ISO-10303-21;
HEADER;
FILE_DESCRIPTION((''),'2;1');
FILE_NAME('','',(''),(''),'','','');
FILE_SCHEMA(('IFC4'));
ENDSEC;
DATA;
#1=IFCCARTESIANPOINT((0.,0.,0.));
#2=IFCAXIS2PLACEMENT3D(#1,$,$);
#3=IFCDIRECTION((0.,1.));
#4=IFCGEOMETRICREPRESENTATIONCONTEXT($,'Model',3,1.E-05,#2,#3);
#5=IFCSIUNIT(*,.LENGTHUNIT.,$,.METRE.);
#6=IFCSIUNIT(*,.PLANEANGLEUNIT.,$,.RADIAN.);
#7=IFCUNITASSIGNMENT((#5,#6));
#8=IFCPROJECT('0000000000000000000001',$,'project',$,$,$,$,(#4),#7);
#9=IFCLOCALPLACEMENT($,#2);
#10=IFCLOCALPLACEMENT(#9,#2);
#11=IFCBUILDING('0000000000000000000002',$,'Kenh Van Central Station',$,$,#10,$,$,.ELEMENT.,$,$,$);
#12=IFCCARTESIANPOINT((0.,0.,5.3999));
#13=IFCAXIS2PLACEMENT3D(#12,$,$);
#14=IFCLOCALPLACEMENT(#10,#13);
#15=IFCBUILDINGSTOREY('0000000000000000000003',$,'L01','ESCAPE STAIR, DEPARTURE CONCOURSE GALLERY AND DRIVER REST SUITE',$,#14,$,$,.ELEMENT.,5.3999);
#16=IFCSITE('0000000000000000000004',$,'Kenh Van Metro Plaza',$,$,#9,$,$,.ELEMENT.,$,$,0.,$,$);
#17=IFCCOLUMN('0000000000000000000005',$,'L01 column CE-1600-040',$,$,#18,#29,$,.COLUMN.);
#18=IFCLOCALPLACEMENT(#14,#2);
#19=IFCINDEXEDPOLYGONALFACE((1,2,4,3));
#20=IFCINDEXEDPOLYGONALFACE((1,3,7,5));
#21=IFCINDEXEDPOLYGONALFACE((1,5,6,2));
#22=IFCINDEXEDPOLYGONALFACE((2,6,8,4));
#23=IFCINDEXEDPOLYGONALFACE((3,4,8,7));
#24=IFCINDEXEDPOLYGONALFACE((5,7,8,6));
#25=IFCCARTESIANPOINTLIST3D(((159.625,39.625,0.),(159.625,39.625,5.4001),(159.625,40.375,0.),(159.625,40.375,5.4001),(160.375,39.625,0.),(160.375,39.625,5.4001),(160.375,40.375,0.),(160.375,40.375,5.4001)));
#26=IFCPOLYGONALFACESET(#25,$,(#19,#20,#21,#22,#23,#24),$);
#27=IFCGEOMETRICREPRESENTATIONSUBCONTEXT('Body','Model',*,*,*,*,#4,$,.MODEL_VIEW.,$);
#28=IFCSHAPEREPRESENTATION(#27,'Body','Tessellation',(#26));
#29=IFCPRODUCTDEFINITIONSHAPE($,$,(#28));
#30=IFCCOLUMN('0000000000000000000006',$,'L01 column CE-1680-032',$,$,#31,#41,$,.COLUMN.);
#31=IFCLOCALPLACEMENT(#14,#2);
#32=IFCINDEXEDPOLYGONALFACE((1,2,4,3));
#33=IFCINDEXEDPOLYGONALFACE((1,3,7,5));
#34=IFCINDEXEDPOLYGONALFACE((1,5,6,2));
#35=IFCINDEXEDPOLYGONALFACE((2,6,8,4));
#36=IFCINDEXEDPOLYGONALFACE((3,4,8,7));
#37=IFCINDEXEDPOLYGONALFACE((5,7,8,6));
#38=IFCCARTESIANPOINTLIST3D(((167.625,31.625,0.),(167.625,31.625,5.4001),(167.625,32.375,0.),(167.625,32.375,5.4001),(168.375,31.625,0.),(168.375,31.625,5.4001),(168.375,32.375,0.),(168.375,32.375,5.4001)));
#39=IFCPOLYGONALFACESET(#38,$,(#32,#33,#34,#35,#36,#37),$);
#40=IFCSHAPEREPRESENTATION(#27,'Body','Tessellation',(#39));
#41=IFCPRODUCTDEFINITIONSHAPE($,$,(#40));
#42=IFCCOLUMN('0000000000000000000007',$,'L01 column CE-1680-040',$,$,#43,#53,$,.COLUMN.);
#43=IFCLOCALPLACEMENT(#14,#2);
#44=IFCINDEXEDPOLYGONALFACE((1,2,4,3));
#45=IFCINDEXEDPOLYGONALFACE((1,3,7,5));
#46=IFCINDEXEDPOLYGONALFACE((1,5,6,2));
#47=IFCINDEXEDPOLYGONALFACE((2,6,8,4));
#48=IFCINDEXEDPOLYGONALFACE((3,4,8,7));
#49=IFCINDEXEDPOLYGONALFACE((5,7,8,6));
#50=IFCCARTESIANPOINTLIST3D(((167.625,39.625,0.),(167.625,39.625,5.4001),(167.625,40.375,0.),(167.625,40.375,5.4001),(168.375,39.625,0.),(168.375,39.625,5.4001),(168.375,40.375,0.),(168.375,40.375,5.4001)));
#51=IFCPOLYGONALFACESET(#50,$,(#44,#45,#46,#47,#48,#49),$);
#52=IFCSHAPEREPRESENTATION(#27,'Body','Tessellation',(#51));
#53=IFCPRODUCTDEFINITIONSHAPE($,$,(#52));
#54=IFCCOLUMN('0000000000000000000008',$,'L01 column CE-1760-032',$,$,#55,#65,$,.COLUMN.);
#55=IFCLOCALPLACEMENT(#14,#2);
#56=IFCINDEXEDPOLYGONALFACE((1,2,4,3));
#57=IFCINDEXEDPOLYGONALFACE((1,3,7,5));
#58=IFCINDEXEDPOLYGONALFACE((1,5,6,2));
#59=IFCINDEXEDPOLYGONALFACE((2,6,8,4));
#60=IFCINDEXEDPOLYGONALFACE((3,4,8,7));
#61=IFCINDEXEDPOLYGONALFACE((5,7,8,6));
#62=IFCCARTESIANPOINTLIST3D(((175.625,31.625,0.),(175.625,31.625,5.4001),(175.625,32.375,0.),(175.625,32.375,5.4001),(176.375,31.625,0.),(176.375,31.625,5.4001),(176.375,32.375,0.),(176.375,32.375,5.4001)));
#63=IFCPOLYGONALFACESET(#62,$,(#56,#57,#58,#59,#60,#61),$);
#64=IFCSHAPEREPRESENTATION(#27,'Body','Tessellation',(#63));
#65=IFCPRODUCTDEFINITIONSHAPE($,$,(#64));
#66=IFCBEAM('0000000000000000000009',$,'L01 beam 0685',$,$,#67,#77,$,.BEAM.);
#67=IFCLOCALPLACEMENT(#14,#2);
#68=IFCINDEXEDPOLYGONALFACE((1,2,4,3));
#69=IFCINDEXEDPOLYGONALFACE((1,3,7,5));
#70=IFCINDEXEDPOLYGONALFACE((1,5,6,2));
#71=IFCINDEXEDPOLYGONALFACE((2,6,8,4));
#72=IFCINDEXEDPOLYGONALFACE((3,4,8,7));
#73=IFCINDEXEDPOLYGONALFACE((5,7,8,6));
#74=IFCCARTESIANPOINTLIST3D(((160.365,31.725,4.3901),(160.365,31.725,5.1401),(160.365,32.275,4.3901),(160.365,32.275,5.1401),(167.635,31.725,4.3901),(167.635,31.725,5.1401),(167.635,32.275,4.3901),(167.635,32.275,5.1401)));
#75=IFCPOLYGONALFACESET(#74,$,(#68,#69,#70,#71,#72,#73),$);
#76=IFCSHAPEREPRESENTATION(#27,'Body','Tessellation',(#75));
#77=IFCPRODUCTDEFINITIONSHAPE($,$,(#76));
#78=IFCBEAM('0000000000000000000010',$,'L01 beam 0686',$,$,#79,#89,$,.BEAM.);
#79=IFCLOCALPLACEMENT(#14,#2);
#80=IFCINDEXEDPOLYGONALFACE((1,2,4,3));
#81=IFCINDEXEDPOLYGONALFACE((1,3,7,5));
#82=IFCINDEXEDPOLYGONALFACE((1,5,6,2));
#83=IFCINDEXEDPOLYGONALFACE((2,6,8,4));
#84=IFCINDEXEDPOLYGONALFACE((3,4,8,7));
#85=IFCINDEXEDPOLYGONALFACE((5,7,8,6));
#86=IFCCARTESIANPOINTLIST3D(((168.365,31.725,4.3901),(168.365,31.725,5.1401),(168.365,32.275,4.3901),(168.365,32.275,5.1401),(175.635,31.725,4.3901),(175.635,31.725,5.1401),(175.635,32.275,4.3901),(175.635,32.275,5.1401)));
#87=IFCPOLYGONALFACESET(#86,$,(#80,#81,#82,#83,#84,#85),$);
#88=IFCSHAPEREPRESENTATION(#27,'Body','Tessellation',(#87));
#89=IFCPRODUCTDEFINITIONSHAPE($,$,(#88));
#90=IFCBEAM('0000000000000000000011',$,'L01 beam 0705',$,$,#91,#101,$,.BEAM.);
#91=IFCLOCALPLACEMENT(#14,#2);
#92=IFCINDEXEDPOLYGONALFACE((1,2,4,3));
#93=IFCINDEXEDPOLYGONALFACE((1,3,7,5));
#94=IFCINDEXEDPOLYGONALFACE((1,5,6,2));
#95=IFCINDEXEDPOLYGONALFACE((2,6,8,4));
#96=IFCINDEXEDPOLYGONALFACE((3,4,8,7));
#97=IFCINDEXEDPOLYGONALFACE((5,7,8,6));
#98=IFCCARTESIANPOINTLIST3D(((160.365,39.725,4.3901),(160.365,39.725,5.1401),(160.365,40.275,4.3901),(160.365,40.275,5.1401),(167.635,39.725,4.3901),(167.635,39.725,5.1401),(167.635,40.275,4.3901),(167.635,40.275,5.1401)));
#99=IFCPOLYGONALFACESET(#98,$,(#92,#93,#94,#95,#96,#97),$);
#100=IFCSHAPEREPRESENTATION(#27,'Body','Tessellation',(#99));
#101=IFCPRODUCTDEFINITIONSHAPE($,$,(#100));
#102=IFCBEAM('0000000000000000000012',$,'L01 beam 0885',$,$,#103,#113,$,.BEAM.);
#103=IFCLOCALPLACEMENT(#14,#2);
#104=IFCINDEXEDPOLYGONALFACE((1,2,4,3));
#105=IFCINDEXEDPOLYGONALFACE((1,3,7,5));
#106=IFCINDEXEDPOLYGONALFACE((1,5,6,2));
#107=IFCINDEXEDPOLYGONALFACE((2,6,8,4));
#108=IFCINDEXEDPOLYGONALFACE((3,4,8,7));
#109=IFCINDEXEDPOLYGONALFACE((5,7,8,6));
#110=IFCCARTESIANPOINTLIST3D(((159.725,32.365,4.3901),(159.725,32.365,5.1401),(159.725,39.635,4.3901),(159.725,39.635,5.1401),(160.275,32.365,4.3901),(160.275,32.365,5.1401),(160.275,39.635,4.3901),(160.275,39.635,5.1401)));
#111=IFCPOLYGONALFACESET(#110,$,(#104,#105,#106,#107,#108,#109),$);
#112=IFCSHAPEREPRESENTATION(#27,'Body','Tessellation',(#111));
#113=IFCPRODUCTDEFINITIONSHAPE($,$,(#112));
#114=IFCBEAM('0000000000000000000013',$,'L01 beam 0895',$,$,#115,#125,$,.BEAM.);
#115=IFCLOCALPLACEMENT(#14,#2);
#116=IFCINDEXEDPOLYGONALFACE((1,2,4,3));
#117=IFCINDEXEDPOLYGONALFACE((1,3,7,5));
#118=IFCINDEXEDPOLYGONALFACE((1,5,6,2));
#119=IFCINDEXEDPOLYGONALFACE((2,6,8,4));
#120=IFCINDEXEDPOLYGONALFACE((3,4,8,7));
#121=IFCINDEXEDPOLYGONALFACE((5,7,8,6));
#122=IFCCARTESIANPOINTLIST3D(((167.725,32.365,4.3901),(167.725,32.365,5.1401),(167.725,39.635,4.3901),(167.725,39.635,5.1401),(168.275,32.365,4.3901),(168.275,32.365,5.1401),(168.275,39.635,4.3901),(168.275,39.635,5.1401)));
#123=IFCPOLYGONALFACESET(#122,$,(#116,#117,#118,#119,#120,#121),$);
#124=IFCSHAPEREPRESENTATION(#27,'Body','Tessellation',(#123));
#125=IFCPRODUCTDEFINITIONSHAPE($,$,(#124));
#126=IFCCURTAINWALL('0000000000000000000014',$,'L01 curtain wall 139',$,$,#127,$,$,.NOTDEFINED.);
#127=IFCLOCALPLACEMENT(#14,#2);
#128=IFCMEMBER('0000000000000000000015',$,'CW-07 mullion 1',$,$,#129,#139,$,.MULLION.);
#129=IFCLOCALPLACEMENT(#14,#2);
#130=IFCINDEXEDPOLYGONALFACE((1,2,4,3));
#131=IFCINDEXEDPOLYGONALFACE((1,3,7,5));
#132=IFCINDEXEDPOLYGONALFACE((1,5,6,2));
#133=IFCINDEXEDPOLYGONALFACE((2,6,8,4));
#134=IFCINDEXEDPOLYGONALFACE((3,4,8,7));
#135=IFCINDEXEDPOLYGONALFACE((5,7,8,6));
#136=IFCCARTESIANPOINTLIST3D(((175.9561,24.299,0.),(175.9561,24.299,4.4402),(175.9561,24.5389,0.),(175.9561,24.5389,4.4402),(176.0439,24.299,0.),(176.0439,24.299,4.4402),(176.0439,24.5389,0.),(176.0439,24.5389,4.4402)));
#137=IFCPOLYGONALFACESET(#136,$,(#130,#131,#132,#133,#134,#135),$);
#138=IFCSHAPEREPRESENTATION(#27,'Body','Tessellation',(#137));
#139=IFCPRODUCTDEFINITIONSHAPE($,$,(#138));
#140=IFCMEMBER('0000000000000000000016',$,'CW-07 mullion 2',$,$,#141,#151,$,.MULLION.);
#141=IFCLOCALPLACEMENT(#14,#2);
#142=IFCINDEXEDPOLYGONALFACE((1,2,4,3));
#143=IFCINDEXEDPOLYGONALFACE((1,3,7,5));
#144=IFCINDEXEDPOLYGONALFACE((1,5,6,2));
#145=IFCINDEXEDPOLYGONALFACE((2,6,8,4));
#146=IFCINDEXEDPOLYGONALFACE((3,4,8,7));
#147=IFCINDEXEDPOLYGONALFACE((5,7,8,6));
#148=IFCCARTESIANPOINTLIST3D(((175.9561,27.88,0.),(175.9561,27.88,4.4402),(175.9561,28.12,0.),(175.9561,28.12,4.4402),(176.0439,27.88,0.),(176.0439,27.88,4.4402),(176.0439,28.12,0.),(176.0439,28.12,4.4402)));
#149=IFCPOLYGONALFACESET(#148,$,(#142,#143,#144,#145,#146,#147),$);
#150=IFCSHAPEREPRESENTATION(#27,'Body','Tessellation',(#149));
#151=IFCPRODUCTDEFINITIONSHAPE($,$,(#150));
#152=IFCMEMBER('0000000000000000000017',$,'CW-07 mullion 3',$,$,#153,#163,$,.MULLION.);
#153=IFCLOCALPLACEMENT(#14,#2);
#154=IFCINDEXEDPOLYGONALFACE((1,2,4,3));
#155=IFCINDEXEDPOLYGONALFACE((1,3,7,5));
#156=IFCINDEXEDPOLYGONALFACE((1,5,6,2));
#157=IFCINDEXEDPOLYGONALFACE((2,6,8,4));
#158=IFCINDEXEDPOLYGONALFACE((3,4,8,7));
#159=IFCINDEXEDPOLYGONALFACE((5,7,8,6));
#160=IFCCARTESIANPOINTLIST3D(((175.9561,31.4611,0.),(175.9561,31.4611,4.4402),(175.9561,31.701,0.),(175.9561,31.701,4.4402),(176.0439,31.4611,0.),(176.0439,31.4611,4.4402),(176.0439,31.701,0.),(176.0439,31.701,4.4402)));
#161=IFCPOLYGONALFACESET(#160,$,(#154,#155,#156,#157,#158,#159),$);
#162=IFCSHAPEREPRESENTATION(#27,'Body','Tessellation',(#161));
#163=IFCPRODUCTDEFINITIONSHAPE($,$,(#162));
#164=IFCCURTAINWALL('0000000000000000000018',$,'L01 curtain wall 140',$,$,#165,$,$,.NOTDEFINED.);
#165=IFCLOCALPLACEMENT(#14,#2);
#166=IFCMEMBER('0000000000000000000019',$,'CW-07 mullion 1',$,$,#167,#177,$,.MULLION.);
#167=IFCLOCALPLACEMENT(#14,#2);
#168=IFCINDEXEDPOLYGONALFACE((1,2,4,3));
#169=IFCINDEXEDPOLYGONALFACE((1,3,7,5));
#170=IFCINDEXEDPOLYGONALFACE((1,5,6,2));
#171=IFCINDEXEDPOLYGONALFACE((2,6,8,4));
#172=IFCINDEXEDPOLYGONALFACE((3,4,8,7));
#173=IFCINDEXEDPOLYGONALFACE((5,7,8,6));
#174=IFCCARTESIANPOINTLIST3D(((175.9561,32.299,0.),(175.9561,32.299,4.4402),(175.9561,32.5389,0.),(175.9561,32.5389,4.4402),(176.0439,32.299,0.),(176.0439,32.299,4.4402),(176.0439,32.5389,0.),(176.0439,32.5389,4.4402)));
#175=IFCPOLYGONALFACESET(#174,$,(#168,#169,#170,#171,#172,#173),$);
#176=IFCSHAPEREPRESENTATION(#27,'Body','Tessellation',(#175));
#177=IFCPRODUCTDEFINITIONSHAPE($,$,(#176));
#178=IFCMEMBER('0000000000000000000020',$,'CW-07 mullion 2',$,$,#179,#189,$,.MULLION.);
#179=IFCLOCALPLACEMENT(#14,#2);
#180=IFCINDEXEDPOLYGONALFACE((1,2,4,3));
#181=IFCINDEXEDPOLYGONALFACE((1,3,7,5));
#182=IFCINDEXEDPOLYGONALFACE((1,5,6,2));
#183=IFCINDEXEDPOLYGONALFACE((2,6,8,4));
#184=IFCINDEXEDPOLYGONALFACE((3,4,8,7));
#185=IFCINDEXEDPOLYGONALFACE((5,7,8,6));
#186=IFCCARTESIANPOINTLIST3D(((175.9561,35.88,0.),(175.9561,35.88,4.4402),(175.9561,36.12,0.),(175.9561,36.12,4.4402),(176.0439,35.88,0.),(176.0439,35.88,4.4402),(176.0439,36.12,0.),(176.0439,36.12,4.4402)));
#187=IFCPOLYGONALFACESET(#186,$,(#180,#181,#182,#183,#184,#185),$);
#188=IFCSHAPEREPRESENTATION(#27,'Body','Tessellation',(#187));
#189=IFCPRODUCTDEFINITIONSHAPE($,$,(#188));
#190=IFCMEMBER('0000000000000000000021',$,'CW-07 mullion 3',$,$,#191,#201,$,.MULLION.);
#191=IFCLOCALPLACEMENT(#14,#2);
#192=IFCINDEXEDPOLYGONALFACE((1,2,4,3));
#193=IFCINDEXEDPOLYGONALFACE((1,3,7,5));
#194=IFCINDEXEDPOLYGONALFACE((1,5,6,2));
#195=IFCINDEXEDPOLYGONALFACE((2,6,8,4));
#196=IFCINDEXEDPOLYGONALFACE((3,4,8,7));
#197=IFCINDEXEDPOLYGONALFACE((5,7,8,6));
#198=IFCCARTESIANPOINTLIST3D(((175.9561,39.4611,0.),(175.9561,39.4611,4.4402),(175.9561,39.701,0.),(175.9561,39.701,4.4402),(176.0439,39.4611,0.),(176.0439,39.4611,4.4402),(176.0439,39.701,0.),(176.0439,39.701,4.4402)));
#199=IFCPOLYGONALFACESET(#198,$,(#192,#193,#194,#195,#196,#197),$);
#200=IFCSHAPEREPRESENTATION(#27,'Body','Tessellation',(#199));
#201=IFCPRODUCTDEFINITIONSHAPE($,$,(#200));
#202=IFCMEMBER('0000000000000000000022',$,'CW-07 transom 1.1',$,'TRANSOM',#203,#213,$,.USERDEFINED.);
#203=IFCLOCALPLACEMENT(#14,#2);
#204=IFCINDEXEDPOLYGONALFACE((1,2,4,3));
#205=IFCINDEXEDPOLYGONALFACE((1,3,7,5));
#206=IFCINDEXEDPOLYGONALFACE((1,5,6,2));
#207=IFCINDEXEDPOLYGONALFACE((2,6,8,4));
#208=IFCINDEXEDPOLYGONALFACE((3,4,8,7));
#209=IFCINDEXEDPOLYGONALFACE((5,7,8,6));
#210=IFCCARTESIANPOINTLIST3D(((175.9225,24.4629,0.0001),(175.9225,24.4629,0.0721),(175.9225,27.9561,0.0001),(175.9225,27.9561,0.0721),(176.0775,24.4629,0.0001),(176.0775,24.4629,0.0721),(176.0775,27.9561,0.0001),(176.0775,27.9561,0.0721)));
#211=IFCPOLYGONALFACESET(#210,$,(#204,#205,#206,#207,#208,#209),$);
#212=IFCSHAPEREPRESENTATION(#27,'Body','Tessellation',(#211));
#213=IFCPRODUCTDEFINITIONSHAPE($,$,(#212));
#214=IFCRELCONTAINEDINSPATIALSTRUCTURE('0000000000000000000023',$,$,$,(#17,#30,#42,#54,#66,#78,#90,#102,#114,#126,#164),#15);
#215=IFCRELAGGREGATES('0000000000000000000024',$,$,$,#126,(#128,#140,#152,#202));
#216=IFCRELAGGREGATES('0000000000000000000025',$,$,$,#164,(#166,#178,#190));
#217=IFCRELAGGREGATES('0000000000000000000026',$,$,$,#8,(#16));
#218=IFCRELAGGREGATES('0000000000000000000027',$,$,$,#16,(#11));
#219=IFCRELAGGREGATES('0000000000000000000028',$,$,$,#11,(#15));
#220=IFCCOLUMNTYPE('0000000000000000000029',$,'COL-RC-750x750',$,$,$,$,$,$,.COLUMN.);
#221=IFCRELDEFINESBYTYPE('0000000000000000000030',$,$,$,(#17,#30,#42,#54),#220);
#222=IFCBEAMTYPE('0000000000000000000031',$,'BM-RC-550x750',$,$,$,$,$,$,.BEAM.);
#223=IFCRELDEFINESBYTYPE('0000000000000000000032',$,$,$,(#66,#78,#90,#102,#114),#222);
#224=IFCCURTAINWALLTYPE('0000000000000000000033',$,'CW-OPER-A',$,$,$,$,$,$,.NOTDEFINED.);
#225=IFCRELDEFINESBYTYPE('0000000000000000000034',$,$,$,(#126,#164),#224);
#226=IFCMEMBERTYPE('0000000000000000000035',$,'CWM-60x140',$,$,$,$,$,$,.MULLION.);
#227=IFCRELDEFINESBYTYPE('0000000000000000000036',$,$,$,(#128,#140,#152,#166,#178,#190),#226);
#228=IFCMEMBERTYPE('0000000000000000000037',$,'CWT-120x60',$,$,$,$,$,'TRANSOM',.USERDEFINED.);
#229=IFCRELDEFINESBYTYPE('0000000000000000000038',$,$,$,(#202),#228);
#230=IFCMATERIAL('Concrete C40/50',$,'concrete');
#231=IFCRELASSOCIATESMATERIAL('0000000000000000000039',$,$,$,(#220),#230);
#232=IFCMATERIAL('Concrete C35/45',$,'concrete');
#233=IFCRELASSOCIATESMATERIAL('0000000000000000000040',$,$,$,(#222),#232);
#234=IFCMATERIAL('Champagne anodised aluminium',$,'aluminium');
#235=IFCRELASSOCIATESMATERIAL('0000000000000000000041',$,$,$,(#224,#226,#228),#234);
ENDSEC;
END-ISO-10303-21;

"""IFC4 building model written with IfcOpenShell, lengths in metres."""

from ifc_helpers import new_model, si_unit, direction, frame, origin, origin_2d, place, context, subcontext, project, spatial, rectangle, extrude, material, material_profile, profile_set, type_object, element, aggregate, save


model = new_model("IFC4")

# Units and contexts
model_context = context("Model", 3, precision=1e-05, world=origin(), true_north=direction((0.0, 1.0)))
body_context = subcontext(model_context, "Body", "Model", "MODEL_VIEW")
ifc_project = project(units=[si_unit("LENGTHUNIT", "METRE"), si_unit("PLANEANGLEUNIT", "RADIAN")], contexts=[model_context])

# Site, building, storey
site_placement = place(None, origin())
site = spatial("IfcSite", under=ifc_project, at=site_placement, Name="Kenh Van Metro Plaza", CompositionType="ELEMENT", RefElevation=0.0)
building_placement = place(site_placement, origin())
building = spatial("IfcBuilding", under=site, at=building_placement, Name="Kenh Van Central Station", CompositionType="ELEMENT")
storey_placement = place(building_placement, frame((0.0, 0.0, 5.3999)))
storey = spatial("IfcBuildingStorey", under=building, at=storey_placement, Name="L01", Description="ESCAPE STAIR, DEPARTURE CONCOURSE GALLERY AND DRIVER REST SUITE", CompositionType="ELEMENT", Elevation=5.3999)

# Columns
ifc_material_1 = material(Name="Concrete C40/50", Category="concrete")
ifc_material_profile_1 = material_profile(ifc_material_1, rectangle(XDim=0.75, YDim=0.75, at=origin_2d()), Name="RC 750x750")
ifc_profile_set_1 = profile_set([ifc_material_profile_1], Name="Concrete C40/50")
column_type = type_object("IfcColumnType", Name="COL-RC-750x750", PredefinedType="COLUMN", material=ifc_profile_set_1)
for number, where, z_axis, x_axis, name in (
    (1, (160.0, 40.0, 0.0), (0.0, 0.0, 1.0), (1.0, 0.0, 0.0), "L01 column CE-1600-040"),
    (2, (168.0, 32.0, 0.0), (0.0, 0.0, 1.0), (1.0, 0.0, 0.0), "L01 column CE-1680-032"),
    (3, (168.0, 40.0, 0.0), (0.0, 0.0, 1.0), (1.0, 0.0, 0.0), "L01 column CE-1680-040"),
    (4, (176.0, 32.0, 0.0), (0.0, 0.0, 1.0), (1.0, 0.0, 0.0), "L01 column CE-1760-032"),
):
    element("IfcColumn", number, at=place(storey_placement, frame(where, z_axis=z_axis, x_axis=x_axis)), inside=storey, type_object=column_type, Name=name, PredefinedType="COLUMN", context=body_context, shape_type="SweptSolid", body=[
        extrude(rectangle(XDim=0.75, YDim=0.75, at=origin_2d()), origin(), (0.0, 0.0, 1.0), 5.4001),
    ])

# Beams
ifc_material_2 = material(Name="Concrete C35/45", Category="concrete")
ifc_material_profile_2 = material_profile(ifc_material_2, rectangle(XDim=0.55, YDim=0.75, at=origin_2d()), Name="RC 550x750")
ifc_profile_set_2 = profile_set([ifc_material_profile_2], Name="Concrete C35/45")
beam_type_1 = type_object("IfcBeamType", Name="BM-RC-550x750", PredefinedType="BEAM", material=ifc_profile_set_2)
for number, where, z_axis, x_axis, name in (
    (5, (160.365, 32.0, 4.7651), (1.0, 0.0, 0.0), (0.0, 1.0, 0.0), "L01 beam 0685"),
    (6, (168.365, 32.0, 4.7651), (1.0, 0.0, 0.0), (0.0, 1.0, 0.0), "L01 beam 0686"),
    (7, (160.365, 40.0, 4.7651), (1.0, 0.0, 0.0), (0.0, 1.0, 0.0), "L01 beam 0705"),
    (8, (160.0, 32.365, 4.7651), (0.0, 1.0, 0.0), (-1.0, 0.0, 0.0), "L01 beam 0885"),
    (9, (168.0, 32.365, 4.7651), (0.0, 1.0, 0.0), (-1.0, 0.0, 0.0), "L01 beam 0895"),
):
    element("IfcBeam", number, at=place(storey_placement, frame(where, z_axis=z_axis, x_axis=x_axis)), inside=storey, type_object=beam_type_1, Name=name, PredefinedType="BEAM", context=body_context, shape_type="SweptSolid", body=[
        extrude(rectangle(XDim=0.55, YDim=0.75, at=origin_2d()), origin(), (0.0, 0.0, 1.0), 7.27),
    ])

# Curtain walls, members
ifc_material_3 = material(Name="Champagne anodised aluminium", Category="aluminium")
curtain_wall_type = type_object("IfcCurtainWallType", Name="CW-OPER-A", PredefinedType="NOTDEFINED", material=ifc_material_3)
curtain_wall_1_placement = place(storey_placement, origin())
curtain_wall_1 = element("IfcCurtainWall", 10, at=curtain_wall_1_placement, inside=storey, type_object=curtain_wall_type, Name="L01 curtain wall 139", PredefinedType="NOTDEFINED")
ifc_material_profile_3 = material_profile(ifc_material_3, rectangle(XDim=0.0879, YDim=0.24, at=origin_2d()), Name="AL 88x240")
ifc_profile_set_3 = profile_set([ifc_material_profile_3], Name="Champagne anodised aluminium")
member_type_1 = type_object("IfcMemberType", Name="CWM-60x140", PredefinedType="MULLION", material=ifc_profile_set_3)
member_1_placement = place(storey_placement, frame((176.0, 24.4189, 0.0), z_axis=(0.0, 0.0, 1.0), x_axis=(-1.0, 0.0, 0.0)))
member_1 = element("IfcMember", 11, at=member_1_placement, type_object=member_type_1, Name="CW-07 mullion 1", PredefinedType="MULLION", context=body_context, shape_type="SweptSolid", body=[
    extrude(rectangle(XDim=0.0879, YDim=0.24, at=origin_2d()), origin(), (0.0, 0.0, 1.0), 4.4402),
])
member_2_placement = place(storey_placement, frame((176.0, 28.0, 0.0), z_axis=(0.0, 0.0, 1.0), x_axis=(-1.0, 0.0, 0.0)))
member_2 = element("IfcMember", 12, at=member_2_placement, type_object=member_type_1, Name="CW-07 mullion 2", PredefinedType="MULLION", context=body_context, shape_type="SweptSolid", body=[
    extrude(rectangle(XDim=0.0879, YDim=0.24, at=origin_2d()), origin(), (0.0, 0.0, 1.0), 4.4402),
])
member_3_placement = place(storey_placement, frame((176.0, 31.5811, 0.0), z_axis=(0.0, 0.0, 1.0), x_axis=(-1.0, 0.0, 0.0)))
member_3 = element("IfcMember", 13, at=member_3_placement, type_object=member_type_1, Name="CW-07 mullion 3", PredefinedType="MULLION", context=body_context, shape_type="SweptSolid", body=[
    extrude(rectangle(XDim=0.0879, YDim=0.24, at=origin_2d()), origin(), (0.0, 0.0, 1.0), 4.4402),
])
curtain_wall_2_placement = place(storey_placement, origin())
curtain_wall_2 = element("IfcCurtainWall", 14, at=curtain_wall_2_placement, inside=storey, type_object=curtain_wall_type, Name="L01 curtain wall 140", PredefinedType="NOTDEFINED")
member_4_placement = place(storey_placement, frame((176.0, 32.4189, 0.0), z_axis=(0.0, 0.0, 1.0), x_axis=(-1.0, 0.0, 0.0)))
member_4 = element("IfcMember", 15, at=member_4_placement, type_object=member_type_1, Name="CW-07 mullion 1", PredefinedType="MULLION", context=body_context, shape_type="SweptSolid", body=[
    extrude(rectangle(XDim=0.0879, YDim=0.24, at=origin_2d()), origin(), (0.0, 0.0, 1.0), 4.4402),
])
member_5_placement = place(storey_placement, frame((176.0, 36.0, 0.0), z_axis=(0.0, 0.0, 1.0), x_axis=(-1.0, 0.0, 0.0)))
member_5 = element("IfcMember", 16, at=member_5_placement, type_object=member_type_1, Name="CW-07 mullion 2", PredefinedType="MULLION", context=body_context, shape_type="SweptSolid", body=[
    extrude(rectangle(XDim=0.0879, YDim=0.24, at=origin_2d()), origin(), (0.0, 0.0, 1.0), 4.4402),
])
member_6_placement = place(storey_placement, frame((176.0, 39.5811, 0.0), z_axis=(0.0, 0.0, 1.0), x_axis=(-1.0, 0.0, 0.0)))
member_6 = element("IfcMember", 17, at=member_6_placement, type_object=member_type_1, Name="CW-07 mullion 3", PredefinedType="MULLION", context=body_context, shape_type="SweptSolid", body=[
    extrude(rectangle(XDim=0.0879, YDim=0.24, at=origin_2d()), origin(), (0.0, 0.0, 1.0), 4.4402),
])

# Member
ifc_material_profile_4 = material_profile(ifc_material_3, rectangle(XDim=0.155, YDim=0.072, at=origin_2d()), Name="AL 155x72")
ifc_profile_set_4 = profile_set([ifc_material_profile_4], Name="Champagne anodised aluminium")
member_type_2 = type_object("IfcMemberType", Name="CWT-120x60", ElementType="TRANSOM", PredefinedType="USERDEFINED", material=ifc_profile_set_4)
member_7_placement = place(storey_placement, frame((176.0, 24.4629, 0.0361), z_axis=(0.0, 1.0, 0.0), x_axis=(-1.0, 0.0, 0.0)))
member_7 = element("IfcMember", 18, at=member_7_placement, type_object=member_type_2, Name="CW-07 transom 1.1", ObjectType="TRANSOM", PredefinedType="USERDEFINED", context=body_context, shape_type="SweptSolid", body=[
    extrude(rectangle(XDim=0.155, YDim=0.072, at=origin_2d()), origin(), (0.0, 0.0, 1.0), 3.4932),
])

aggregate(curtain_wall_1, [member_1, member_2, member_3, member_7])
aggregate(curtain_wall_2, [member_4, member_5, member_6])

save(model, "model.ifc")
